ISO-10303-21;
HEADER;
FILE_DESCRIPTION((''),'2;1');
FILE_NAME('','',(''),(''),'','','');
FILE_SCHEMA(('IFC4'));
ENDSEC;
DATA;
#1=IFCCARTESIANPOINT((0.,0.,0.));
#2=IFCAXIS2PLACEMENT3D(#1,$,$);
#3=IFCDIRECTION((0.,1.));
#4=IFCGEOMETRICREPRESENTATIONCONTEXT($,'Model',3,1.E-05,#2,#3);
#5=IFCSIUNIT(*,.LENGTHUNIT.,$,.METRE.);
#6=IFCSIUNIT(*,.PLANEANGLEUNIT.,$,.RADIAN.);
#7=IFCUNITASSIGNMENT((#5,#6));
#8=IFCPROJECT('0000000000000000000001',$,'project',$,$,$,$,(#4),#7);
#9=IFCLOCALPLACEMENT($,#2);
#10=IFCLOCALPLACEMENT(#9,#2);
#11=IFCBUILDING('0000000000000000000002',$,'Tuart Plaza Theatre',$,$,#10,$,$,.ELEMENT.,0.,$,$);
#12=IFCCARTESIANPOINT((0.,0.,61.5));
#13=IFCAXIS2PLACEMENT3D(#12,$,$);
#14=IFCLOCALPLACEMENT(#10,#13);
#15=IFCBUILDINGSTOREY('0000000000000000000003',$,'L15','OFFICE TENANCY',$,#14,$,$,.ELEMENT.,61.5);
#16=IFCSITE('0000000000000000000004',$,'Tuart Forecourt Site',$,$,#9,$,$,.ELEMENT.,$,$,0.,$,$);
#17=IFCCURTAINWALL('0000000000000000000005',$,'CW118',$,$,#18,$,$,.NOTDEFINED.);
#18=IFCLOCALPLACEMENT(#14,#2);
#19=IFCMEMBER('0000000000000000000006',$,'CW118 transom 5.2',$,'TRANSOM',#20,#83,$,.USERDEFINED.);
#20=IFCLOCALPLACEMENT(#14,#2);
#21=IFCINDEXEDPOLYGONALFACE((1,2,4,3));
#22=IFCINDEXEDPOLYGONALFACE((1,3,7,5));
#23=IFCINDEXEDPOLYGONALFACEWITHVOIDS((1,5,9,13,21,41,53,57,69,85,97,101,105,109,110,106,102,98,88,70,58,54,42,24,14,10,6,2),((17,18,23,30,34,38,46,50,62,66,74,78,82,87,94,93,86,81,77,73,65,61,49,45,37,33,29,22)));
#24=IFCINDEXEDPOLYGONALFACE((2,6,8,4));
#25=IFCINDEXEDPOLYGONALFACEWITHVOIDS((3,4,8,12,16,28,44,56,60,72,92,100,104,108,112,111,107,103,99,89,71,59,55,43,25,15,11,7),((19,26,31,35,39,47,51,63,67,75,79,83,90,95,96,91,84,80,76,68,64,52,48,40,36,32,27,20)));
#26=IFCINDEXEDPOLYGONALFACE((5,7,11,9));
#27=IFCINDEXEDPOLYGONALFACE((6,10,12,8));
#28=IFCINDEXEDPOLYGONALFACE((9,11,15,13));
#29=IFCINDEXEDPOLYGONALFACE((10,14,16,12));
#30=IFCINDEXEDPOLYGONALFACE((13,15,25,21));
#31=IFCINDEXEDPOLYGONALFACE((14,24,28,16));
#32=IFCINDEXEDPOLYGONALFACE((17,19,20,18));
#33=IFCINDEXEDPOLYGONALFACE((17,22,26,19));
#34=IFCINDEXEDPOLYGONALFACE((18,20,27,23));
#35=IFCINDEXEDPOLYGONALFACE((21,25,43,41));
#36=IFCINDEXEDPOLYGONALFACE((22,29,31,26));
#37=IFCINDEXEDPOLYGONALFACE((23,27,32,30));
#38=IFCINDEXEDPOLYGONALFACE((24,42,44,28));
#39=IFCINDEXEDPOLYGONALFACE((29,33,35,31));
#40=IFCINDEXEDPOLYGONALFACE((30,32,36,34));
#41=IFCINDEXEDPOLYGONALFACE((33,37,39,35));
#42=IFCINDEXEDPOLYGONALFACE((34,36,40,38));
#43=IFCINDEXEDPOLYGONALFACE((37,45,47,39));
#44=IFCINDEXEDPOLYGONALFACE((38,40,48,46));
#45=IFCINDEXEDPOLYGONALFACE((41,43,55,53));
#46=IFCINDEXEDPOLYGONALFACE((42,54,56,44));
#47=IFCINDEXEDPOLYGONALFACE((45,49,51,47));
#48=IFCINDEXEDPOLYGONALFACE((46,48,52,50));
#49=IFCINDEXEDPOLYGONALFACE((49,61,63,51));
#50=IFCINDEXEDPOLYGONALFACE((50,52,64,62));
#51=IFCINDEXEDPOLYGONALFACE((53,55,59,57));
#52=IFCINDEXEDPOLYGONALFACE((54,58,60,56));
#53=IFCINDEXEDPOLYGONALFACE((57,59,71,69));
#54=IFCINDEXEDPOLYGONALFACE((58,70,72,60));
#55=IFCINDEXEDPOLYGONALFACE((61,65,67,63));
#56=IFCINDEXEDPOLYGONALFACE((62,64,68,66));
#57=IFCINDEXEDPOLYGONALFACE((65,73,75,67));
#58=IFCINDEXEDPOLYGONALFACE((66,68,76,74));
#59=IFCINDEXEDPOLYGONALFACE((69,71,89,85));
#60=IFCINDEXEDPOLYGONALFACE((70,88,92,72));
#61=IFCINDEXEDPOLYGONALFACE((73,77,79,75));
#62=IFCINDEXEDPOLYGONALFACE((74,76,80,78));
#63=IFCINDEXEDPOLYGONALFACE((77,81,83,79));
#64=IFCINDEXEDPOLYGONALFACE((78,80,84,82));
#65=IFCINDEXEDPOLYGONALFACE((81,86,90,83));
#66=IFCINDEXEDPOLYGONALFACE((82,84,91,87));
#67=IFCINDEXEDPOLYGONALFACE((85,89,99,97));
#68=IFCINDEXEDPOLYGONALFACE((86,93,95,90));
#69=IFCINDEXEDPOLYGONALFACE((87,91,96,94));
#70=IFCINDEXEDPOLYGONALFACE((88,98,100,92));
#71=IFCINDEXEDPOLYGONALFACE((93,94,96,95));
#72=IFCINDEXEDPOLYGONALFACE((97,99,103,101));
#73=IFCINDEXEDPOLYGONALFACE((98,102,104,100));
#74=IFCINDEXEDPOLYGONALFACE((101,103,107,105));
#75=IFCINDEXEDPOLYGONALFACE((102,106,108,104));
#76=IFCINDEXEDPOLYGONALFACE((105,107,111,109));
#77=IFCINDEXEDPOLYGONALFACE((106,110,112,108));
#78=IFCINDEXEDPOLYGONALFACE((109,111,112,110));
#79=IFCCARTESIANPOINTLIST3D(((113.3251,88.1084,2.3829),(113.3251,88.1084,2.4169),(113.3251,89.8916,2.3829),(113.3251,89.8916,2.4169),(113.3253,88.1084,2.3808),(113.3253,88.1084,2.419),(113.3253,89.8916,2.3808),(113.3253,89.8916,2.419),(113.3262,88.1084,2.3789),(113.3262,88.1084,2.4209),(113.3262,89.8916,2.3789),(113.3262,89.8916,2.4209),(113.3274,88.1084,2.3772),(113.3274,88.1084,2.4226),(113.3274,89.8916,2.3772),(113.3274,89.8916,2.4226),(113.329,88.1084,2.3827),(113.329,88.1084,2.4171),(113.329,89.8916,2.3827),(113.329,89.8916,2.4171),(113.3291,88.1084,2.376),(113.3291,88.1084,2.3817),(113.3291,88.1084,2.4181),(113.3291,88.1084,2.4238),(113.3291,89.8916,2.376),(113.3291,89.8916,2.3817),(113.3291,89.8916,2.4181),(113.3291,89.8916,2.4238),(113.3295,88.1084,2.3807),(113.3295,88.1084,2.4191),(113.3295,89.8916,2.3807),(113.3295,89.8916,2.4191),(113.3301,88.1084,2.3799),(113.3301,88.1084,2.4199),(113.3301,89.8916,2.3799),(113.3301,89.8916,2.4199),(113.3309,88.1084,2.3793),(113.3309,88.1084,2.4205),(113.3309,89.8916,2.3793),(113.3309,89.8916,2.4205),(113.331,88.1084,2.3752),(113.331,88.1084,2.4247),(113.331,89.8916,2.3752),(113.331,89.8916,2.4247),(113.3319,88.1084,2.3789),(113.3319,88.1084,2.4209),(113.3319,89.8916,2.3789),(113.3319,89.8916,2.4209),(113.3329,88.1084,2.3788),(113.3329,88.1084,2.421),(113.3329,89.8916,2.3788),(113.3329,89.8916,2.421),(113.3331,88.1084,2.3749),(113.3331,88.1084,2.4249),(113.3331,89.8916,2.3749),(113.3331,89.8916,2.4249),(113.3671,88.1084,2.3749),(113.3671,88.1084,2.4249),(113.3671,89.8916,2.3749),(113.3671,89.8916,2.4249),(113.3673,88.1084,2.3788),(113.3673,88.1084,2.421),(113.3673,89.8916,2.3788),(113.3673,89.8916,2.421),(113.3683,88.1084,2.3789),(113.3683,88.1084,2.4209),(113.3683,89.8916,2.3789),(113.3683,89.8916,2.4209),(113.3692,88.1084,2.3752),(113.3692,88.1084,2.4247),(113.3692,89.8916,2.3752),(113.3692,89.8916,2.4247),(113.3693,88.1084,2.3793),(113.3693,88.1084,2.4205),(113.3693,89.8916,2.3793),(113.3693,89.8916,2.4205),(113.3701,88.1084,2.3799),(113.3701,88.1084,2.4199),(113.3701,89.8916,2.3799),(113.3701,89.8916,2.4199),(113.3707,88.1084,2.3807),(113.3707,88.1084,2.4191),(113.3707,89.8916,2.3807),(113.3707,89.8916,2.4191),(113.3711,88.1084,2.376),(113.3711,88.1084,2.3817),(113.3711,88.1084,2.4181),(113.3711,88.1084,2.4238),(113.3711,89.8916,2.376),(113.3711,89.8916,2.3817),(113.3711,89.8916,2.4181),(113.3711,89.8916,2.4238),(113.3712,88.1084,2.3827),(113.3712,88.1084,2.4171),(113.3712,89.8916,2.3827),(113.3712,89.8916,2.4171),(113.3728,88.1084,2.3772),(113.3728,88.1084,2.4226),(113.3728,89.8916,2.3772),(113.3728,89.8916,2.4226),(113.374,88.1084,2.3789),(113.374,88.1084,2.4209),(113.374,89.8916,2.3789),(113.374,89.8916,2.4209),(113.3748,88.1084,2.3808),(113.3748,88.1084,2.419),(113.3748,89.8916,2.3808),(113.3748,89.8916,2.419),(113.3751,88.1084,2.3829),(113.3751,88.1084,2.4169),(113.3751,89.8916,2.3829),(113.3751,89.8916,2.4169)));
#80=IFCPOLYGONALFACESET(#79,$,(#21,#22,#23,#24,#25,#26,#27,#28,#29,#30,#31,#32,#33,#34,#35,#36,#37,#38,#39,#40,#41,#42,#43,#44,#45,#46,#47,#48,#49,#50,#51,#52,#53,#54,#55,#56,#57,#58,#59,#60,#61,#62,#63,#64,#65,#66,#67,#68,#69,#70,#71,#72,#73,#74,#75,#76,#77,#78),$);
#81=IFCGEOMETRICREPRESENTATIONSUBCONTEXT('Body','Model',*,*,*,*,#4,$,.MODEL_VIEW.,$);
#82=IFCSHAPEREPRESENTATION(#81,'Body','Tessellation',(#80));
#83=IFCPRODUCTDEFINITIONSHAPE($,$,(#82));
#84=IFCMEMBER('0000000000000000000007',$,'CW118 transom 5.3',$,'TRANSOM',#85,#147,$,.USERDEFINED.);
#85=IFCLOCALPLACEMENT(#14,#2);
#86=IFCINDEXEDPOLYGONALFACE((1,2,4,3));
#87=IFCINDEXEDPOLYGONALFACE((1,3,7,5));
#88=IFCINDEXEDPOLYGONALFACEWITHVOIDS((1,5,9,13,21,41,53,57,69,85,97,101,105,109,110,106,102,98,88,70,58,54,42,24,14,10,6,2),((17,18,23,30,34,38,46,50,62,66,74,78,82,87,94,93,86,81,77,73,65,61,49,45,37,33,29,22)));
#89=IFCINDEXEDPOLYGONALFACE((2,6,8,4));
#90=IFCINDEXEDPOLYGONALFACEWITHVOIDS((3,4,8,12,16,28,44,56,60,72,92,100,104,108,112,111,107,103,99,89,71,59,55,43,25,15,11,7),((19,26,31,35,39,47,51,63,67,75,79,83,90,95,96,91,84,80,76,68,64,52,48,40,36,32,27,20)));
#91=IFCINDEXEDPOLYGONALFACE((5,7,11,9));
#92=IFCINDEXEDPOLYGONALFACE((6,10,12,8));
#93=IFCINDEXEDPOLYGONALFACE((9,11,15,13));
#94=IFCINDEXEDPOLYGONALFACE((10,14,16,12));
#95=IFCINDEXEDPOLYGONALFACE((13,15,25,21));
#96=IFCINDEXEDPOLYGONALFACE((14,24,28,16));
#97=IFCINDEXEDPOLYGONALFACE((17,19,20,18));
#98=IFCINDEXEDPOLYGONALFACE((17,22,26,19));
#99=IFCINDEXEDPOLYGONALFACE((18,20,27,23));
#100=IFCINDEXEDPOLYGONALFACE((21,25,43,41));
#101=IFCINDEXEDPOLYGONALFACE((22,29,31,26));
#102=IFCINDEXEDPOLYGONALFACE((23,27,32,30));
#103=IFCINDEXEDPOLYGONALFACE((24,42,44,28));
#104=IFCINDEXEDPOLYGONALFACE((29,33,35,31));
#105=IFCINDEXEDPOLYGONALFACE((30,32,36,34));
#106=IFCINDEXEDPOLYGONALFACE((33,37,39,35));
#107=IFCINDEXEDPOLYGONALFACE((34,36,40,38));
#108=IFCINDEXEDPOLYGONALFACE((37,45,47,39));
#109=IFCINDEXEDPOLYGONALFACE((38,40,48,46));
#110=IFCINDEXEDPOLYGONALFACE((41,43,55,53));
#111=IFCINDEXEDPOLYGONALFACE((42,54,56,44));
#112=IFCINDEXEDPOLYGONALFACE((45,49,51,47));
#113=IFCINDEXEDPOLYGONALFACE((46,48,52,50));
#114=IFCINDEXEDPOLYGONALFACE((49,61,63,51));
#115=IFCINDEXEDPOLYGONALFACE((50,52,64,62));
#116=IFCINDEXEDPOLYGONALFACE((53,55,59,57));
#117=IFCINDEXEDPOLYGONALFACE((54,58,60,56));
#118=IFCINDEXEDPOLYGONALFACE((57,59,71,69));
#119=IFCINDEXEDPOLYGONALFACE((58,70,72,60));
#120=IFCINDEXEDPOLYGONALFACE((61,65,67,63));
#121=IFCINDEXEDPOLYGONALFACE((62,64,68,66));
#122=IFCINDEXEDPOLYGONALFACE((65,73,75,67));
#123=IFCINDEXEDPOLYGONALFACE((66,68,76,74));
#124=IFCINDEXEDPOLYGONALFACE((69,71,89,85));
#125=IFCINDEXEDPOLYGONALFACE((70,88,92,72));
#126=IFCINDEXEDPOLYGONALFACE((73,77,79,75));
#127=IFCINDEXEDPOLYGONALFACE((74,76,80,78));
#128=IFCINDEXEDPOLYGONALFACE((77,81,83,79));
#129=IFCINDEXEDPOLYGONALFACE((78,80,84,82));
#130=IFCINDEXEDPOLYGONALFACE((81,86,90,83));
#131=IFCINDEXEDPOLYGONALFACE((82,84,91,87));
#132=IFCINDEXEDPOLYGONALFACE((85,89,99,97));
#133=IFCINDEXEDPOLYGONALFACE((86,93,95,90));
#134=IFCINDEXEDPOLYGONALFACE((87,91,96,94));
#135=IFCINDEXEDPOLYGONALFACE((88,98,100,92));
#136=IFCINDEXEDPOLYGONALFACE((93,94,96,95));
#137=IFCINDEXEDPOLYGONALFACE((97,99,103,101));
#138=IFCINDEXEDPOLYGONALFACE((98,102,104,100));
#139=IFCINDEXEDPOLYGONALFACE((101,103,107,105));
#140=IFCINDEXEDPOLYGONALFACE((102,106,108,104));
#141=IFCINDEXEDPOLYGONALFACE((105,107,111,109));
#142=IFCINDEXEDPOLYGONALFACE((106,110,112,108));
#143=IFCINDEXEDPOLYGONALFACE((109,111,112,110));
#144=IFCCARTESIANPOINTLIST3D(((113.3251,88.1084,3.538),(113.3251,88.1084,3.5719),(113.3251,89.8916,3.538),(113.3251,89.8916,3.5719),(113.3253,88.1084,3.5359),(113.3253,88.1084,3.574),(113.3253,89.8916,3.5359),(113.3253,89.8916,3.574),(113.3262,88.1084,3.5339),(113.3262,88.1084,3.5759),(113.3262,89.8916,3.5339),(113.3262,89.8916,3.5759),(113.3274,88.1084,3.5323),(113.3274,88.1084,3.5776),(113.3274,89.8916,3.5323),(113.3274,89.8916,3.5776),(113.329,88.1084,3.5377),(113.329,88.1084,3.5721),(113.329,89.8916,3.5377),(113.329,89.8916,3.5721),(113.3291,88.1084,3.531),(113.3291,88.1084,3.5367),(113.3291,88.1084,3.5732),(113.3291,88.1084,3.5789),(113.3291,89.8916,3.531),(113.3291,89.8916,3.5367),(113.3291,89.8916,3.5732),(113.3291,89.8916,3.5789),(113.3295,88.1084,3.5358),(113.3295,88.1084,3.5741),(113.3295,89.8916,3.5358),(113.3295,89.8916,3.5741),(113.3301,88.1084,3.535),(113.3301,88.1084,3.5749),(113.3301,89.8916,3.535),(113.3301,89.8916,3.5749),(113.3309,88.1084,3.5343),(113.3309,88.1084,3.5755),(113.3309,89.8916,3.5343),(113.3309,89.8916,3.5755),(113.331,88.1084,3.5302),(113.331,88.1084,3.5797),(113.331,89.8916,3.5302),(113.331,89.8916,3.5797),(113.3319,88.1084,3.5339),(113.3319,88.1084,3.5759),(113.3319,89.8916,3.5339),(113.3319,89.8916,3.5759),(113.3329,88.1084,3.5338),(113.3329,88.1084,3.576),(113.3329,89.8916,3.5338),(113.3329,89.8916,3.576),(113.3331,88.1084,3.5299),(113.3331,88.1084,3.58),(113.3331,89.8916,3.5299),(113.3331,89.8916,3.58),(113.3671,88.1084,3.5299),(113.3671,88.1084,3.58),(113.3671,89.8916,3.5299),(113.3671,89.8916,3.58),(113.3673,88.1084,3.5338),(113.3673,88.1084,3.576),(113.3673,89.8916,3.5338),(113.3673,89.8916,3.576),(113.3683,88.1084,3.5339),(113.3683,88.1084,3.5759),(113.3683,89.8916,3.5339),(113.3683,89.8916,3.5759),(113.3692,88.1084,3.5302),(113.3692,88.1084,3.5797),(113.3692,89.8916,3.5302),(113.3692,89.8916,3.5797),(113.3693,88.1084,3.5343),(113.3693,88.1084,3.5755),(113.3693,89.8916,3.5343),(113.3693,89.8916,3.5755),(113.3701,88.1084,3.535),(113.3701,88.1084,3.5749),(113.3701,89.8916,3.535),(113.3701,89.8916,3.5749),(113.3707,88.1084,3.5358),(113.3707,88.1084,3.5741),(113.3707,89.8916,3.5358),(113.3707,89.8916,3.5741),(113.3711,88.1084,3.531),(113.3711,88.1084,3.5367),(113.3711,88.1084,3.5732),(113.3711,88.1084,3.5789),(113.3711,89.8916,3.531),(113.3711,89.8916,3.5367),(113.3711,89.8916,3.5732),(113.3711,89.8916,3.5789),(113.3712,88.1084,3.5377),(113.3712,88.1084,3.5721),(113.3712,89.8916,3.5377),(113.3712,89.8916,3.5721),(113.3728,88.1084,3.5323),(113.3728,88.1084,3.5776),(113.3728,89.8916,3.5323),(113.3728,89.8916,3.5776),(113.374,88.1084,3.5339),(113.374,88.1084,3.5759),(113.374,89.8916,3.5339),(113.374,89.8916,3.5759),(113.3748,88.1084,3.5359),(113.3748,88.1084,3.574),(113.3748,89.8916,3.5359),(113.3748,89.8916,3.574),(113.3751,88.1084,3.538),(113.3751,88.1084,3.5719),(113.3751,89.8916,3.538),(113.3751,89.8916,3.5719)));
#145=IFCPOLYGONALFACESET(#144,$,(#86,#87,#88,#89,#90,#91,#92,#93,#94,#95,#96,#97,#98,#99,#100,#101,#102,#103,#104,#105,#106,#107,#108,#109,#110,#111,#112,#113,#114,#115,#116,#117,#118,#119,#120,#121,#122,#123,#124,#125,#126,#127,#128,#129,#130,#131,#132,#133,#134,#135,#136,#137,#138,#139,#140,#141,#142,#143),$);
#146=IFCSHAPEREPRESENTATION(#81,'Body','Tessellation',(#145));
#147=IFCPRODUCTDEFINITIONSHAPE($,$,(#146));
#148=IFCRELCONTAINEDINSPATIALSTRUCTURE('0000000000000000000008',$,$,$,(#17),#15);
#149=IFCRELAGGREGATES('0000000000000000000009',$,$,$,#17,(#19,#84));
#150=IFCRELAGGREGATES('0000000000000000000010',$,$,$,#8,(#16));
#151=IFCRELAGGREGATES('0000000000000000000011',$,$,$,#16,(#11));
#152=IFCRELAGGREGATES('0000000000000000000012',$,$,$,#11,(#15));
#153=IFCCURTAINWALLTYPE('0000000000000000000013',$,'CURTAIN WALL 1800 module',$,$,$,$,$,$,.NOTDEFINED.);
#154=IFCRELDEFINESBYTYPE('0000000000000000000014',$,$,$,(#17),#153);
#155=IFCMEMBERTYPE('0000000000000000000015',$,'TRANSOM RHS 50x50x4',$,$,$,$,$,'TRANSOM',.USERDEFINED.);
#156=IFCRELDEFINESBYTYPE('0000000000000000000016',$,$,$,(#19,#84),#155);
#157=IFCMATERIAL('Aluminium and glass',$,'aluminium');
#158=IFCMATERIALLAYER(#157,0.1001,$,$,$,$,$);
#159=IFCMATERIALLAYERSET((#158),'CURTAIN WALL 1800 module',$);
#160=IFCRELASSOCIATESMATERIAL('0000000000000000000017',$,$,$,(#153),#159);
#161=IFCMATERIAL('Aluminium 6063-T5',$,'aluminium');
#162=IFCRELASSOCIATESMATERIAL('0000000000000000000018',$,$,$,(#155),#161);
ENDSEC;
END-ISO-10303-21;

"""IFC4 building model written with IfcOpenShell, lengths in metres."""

from ifc_helpers import new_model, si_unit, direction, frame, origin, origin_2d, place, context, subcontext, project, spatial, hollow_rectangle, extrude, material, layer, layer_set, material_profile, profile_set, type_object, element, aggregate, save


model = new_model("IFC4")

# Units and contexts
model_context = context("Model", 3, precision=1e-05, world=origin(), true_north=direction((0.0, 1.0)))
body_context = subcontext(model_context, "Body", "Model", "MODEL_VIEW")
ifc_project = project(units=[si_unit("LENGTHUNIT", "METRE"), si_unit("PLANEANGLEUNIT", "RADIAN")], contexts=[model_context])

# Site, building, storey
site_placement = place(None, origin())
site = spatial("IfcSite", under=ifc_project, at=site_placement, Name="Tuart Forecourt Site", CompositionType="ELEMENT", RefElevation=0.0)
building_placement = place(site_placement, origin())
building = spatial("IfcBuilding", under=site, at=building_placement, Name="Tuart Plaza Theatre", CompositionType="ELEMENT", ElevationOfRefHeight=0.0)
storey_placement = place(building_placement, frame((0.0, 0.0, 61.5)))
storey = spatial("IfcBuildingStorey", under=building, at=storey_placement, Name="L15", Description="OFFICE TENANCY", CompositionType="ELEMENT", Elevation=61.5)

# Curtain wall, members
ifc_material_1 = material(Name="Aluminium and glass", Category="aluminium")
ifc_layer_1 = layer(ifc_material_1, 0.1001)
ifc_layer_set_1 = layer_set([ifc_layer_1], Name="CURTAIN WALL 1800 module")
curtain_wall_type = type_object("IfcCurtainWallType", Name="CURTAIN WALL 1800 module", PredefinedType="NOTDEFINED", material=ifc_layer_set_1)
curtain_wall_placement = place(storey_placement, origin())
curtain_wall = element("IfcCurtainWall", 1, at=curtain_wall_placement, inside=storey, type_object=curtain_wall_type, Name="CW118", PredefinedType="NOTDEFINED")
ifc_material_2 = material(Name="Aluminium 6063-T5", Category="aluminium")
ifc_material_profile = material_profile(ifc_material_2, hollow_rectangle(XDim=0.05, YDim=0.05, WallThickness=0.0039, InnerFilletRadius=0.0039, OuterFilletRadius=0.0081, at=origin_2d()), Name="RHS 50x50x4")
ifc_profile_set = profile_set([ifc_material_profile], Name="Aluminium 6063-T5")
member_type = type_object("IfcMemberType", Name="TRANSOM RHS 50x50x4", ElementType="TRANSOM", PredefinedType="USERDEFINED", material=ifc_profile_set)
member_1_placement = place(storey_placement, frame((113.3501, 89.8916, 2.3999), z_axis=(0.0, -1.0, 0.0), x_axis=(1.0, 0.0, 0.0)))
member_1 = element("IfcMember", 2, at=member_1_placement, type_object=member_type, Name="CW118 transom 5.2", ObjectType="TRANSOM", PredefinedType="USERDEFINED", context=body_context, shape_type="SweptSolid", body=[
    extrude(hollow_rectangle(XDim=0.05, YDim=0.05, WallThickness=0.0039, InnerFilletRadius=0.0039, OuterFilletRadius=0.0081, at=origin_2d()), origin(), (0.0, 0.0, 1.0), 1.7832),
])
member_2_placement = place(storey_placement, frame((113.3501, 89.8916, 3.5549), z_axis=(0.0, -1.0, 0.0), x_axis=(1.0, 0.0, 0.0)))
member_2 = element("IfcMember", 3, at=member_2_placement, type_object=member_type, Name="CW118 transom 5.3", ObjectType="TRANSOM", PredefinedType="USERDEFINED", context=body_context, shape_type="SweptSolid", body=[
    extrude(hollow_rectangle(XDim=0.05, YDim=0.05, WallThickness=0.0039, InnerFilletRadius=0.0039, OuterFilletRadius=0.0081, at=origin_2d()), origin(), (0.0, 0.0, 1.0), 1.7832),
])
aggregate(curtain_wall, [member_1, member_2])

save(model, "model.ifc")
